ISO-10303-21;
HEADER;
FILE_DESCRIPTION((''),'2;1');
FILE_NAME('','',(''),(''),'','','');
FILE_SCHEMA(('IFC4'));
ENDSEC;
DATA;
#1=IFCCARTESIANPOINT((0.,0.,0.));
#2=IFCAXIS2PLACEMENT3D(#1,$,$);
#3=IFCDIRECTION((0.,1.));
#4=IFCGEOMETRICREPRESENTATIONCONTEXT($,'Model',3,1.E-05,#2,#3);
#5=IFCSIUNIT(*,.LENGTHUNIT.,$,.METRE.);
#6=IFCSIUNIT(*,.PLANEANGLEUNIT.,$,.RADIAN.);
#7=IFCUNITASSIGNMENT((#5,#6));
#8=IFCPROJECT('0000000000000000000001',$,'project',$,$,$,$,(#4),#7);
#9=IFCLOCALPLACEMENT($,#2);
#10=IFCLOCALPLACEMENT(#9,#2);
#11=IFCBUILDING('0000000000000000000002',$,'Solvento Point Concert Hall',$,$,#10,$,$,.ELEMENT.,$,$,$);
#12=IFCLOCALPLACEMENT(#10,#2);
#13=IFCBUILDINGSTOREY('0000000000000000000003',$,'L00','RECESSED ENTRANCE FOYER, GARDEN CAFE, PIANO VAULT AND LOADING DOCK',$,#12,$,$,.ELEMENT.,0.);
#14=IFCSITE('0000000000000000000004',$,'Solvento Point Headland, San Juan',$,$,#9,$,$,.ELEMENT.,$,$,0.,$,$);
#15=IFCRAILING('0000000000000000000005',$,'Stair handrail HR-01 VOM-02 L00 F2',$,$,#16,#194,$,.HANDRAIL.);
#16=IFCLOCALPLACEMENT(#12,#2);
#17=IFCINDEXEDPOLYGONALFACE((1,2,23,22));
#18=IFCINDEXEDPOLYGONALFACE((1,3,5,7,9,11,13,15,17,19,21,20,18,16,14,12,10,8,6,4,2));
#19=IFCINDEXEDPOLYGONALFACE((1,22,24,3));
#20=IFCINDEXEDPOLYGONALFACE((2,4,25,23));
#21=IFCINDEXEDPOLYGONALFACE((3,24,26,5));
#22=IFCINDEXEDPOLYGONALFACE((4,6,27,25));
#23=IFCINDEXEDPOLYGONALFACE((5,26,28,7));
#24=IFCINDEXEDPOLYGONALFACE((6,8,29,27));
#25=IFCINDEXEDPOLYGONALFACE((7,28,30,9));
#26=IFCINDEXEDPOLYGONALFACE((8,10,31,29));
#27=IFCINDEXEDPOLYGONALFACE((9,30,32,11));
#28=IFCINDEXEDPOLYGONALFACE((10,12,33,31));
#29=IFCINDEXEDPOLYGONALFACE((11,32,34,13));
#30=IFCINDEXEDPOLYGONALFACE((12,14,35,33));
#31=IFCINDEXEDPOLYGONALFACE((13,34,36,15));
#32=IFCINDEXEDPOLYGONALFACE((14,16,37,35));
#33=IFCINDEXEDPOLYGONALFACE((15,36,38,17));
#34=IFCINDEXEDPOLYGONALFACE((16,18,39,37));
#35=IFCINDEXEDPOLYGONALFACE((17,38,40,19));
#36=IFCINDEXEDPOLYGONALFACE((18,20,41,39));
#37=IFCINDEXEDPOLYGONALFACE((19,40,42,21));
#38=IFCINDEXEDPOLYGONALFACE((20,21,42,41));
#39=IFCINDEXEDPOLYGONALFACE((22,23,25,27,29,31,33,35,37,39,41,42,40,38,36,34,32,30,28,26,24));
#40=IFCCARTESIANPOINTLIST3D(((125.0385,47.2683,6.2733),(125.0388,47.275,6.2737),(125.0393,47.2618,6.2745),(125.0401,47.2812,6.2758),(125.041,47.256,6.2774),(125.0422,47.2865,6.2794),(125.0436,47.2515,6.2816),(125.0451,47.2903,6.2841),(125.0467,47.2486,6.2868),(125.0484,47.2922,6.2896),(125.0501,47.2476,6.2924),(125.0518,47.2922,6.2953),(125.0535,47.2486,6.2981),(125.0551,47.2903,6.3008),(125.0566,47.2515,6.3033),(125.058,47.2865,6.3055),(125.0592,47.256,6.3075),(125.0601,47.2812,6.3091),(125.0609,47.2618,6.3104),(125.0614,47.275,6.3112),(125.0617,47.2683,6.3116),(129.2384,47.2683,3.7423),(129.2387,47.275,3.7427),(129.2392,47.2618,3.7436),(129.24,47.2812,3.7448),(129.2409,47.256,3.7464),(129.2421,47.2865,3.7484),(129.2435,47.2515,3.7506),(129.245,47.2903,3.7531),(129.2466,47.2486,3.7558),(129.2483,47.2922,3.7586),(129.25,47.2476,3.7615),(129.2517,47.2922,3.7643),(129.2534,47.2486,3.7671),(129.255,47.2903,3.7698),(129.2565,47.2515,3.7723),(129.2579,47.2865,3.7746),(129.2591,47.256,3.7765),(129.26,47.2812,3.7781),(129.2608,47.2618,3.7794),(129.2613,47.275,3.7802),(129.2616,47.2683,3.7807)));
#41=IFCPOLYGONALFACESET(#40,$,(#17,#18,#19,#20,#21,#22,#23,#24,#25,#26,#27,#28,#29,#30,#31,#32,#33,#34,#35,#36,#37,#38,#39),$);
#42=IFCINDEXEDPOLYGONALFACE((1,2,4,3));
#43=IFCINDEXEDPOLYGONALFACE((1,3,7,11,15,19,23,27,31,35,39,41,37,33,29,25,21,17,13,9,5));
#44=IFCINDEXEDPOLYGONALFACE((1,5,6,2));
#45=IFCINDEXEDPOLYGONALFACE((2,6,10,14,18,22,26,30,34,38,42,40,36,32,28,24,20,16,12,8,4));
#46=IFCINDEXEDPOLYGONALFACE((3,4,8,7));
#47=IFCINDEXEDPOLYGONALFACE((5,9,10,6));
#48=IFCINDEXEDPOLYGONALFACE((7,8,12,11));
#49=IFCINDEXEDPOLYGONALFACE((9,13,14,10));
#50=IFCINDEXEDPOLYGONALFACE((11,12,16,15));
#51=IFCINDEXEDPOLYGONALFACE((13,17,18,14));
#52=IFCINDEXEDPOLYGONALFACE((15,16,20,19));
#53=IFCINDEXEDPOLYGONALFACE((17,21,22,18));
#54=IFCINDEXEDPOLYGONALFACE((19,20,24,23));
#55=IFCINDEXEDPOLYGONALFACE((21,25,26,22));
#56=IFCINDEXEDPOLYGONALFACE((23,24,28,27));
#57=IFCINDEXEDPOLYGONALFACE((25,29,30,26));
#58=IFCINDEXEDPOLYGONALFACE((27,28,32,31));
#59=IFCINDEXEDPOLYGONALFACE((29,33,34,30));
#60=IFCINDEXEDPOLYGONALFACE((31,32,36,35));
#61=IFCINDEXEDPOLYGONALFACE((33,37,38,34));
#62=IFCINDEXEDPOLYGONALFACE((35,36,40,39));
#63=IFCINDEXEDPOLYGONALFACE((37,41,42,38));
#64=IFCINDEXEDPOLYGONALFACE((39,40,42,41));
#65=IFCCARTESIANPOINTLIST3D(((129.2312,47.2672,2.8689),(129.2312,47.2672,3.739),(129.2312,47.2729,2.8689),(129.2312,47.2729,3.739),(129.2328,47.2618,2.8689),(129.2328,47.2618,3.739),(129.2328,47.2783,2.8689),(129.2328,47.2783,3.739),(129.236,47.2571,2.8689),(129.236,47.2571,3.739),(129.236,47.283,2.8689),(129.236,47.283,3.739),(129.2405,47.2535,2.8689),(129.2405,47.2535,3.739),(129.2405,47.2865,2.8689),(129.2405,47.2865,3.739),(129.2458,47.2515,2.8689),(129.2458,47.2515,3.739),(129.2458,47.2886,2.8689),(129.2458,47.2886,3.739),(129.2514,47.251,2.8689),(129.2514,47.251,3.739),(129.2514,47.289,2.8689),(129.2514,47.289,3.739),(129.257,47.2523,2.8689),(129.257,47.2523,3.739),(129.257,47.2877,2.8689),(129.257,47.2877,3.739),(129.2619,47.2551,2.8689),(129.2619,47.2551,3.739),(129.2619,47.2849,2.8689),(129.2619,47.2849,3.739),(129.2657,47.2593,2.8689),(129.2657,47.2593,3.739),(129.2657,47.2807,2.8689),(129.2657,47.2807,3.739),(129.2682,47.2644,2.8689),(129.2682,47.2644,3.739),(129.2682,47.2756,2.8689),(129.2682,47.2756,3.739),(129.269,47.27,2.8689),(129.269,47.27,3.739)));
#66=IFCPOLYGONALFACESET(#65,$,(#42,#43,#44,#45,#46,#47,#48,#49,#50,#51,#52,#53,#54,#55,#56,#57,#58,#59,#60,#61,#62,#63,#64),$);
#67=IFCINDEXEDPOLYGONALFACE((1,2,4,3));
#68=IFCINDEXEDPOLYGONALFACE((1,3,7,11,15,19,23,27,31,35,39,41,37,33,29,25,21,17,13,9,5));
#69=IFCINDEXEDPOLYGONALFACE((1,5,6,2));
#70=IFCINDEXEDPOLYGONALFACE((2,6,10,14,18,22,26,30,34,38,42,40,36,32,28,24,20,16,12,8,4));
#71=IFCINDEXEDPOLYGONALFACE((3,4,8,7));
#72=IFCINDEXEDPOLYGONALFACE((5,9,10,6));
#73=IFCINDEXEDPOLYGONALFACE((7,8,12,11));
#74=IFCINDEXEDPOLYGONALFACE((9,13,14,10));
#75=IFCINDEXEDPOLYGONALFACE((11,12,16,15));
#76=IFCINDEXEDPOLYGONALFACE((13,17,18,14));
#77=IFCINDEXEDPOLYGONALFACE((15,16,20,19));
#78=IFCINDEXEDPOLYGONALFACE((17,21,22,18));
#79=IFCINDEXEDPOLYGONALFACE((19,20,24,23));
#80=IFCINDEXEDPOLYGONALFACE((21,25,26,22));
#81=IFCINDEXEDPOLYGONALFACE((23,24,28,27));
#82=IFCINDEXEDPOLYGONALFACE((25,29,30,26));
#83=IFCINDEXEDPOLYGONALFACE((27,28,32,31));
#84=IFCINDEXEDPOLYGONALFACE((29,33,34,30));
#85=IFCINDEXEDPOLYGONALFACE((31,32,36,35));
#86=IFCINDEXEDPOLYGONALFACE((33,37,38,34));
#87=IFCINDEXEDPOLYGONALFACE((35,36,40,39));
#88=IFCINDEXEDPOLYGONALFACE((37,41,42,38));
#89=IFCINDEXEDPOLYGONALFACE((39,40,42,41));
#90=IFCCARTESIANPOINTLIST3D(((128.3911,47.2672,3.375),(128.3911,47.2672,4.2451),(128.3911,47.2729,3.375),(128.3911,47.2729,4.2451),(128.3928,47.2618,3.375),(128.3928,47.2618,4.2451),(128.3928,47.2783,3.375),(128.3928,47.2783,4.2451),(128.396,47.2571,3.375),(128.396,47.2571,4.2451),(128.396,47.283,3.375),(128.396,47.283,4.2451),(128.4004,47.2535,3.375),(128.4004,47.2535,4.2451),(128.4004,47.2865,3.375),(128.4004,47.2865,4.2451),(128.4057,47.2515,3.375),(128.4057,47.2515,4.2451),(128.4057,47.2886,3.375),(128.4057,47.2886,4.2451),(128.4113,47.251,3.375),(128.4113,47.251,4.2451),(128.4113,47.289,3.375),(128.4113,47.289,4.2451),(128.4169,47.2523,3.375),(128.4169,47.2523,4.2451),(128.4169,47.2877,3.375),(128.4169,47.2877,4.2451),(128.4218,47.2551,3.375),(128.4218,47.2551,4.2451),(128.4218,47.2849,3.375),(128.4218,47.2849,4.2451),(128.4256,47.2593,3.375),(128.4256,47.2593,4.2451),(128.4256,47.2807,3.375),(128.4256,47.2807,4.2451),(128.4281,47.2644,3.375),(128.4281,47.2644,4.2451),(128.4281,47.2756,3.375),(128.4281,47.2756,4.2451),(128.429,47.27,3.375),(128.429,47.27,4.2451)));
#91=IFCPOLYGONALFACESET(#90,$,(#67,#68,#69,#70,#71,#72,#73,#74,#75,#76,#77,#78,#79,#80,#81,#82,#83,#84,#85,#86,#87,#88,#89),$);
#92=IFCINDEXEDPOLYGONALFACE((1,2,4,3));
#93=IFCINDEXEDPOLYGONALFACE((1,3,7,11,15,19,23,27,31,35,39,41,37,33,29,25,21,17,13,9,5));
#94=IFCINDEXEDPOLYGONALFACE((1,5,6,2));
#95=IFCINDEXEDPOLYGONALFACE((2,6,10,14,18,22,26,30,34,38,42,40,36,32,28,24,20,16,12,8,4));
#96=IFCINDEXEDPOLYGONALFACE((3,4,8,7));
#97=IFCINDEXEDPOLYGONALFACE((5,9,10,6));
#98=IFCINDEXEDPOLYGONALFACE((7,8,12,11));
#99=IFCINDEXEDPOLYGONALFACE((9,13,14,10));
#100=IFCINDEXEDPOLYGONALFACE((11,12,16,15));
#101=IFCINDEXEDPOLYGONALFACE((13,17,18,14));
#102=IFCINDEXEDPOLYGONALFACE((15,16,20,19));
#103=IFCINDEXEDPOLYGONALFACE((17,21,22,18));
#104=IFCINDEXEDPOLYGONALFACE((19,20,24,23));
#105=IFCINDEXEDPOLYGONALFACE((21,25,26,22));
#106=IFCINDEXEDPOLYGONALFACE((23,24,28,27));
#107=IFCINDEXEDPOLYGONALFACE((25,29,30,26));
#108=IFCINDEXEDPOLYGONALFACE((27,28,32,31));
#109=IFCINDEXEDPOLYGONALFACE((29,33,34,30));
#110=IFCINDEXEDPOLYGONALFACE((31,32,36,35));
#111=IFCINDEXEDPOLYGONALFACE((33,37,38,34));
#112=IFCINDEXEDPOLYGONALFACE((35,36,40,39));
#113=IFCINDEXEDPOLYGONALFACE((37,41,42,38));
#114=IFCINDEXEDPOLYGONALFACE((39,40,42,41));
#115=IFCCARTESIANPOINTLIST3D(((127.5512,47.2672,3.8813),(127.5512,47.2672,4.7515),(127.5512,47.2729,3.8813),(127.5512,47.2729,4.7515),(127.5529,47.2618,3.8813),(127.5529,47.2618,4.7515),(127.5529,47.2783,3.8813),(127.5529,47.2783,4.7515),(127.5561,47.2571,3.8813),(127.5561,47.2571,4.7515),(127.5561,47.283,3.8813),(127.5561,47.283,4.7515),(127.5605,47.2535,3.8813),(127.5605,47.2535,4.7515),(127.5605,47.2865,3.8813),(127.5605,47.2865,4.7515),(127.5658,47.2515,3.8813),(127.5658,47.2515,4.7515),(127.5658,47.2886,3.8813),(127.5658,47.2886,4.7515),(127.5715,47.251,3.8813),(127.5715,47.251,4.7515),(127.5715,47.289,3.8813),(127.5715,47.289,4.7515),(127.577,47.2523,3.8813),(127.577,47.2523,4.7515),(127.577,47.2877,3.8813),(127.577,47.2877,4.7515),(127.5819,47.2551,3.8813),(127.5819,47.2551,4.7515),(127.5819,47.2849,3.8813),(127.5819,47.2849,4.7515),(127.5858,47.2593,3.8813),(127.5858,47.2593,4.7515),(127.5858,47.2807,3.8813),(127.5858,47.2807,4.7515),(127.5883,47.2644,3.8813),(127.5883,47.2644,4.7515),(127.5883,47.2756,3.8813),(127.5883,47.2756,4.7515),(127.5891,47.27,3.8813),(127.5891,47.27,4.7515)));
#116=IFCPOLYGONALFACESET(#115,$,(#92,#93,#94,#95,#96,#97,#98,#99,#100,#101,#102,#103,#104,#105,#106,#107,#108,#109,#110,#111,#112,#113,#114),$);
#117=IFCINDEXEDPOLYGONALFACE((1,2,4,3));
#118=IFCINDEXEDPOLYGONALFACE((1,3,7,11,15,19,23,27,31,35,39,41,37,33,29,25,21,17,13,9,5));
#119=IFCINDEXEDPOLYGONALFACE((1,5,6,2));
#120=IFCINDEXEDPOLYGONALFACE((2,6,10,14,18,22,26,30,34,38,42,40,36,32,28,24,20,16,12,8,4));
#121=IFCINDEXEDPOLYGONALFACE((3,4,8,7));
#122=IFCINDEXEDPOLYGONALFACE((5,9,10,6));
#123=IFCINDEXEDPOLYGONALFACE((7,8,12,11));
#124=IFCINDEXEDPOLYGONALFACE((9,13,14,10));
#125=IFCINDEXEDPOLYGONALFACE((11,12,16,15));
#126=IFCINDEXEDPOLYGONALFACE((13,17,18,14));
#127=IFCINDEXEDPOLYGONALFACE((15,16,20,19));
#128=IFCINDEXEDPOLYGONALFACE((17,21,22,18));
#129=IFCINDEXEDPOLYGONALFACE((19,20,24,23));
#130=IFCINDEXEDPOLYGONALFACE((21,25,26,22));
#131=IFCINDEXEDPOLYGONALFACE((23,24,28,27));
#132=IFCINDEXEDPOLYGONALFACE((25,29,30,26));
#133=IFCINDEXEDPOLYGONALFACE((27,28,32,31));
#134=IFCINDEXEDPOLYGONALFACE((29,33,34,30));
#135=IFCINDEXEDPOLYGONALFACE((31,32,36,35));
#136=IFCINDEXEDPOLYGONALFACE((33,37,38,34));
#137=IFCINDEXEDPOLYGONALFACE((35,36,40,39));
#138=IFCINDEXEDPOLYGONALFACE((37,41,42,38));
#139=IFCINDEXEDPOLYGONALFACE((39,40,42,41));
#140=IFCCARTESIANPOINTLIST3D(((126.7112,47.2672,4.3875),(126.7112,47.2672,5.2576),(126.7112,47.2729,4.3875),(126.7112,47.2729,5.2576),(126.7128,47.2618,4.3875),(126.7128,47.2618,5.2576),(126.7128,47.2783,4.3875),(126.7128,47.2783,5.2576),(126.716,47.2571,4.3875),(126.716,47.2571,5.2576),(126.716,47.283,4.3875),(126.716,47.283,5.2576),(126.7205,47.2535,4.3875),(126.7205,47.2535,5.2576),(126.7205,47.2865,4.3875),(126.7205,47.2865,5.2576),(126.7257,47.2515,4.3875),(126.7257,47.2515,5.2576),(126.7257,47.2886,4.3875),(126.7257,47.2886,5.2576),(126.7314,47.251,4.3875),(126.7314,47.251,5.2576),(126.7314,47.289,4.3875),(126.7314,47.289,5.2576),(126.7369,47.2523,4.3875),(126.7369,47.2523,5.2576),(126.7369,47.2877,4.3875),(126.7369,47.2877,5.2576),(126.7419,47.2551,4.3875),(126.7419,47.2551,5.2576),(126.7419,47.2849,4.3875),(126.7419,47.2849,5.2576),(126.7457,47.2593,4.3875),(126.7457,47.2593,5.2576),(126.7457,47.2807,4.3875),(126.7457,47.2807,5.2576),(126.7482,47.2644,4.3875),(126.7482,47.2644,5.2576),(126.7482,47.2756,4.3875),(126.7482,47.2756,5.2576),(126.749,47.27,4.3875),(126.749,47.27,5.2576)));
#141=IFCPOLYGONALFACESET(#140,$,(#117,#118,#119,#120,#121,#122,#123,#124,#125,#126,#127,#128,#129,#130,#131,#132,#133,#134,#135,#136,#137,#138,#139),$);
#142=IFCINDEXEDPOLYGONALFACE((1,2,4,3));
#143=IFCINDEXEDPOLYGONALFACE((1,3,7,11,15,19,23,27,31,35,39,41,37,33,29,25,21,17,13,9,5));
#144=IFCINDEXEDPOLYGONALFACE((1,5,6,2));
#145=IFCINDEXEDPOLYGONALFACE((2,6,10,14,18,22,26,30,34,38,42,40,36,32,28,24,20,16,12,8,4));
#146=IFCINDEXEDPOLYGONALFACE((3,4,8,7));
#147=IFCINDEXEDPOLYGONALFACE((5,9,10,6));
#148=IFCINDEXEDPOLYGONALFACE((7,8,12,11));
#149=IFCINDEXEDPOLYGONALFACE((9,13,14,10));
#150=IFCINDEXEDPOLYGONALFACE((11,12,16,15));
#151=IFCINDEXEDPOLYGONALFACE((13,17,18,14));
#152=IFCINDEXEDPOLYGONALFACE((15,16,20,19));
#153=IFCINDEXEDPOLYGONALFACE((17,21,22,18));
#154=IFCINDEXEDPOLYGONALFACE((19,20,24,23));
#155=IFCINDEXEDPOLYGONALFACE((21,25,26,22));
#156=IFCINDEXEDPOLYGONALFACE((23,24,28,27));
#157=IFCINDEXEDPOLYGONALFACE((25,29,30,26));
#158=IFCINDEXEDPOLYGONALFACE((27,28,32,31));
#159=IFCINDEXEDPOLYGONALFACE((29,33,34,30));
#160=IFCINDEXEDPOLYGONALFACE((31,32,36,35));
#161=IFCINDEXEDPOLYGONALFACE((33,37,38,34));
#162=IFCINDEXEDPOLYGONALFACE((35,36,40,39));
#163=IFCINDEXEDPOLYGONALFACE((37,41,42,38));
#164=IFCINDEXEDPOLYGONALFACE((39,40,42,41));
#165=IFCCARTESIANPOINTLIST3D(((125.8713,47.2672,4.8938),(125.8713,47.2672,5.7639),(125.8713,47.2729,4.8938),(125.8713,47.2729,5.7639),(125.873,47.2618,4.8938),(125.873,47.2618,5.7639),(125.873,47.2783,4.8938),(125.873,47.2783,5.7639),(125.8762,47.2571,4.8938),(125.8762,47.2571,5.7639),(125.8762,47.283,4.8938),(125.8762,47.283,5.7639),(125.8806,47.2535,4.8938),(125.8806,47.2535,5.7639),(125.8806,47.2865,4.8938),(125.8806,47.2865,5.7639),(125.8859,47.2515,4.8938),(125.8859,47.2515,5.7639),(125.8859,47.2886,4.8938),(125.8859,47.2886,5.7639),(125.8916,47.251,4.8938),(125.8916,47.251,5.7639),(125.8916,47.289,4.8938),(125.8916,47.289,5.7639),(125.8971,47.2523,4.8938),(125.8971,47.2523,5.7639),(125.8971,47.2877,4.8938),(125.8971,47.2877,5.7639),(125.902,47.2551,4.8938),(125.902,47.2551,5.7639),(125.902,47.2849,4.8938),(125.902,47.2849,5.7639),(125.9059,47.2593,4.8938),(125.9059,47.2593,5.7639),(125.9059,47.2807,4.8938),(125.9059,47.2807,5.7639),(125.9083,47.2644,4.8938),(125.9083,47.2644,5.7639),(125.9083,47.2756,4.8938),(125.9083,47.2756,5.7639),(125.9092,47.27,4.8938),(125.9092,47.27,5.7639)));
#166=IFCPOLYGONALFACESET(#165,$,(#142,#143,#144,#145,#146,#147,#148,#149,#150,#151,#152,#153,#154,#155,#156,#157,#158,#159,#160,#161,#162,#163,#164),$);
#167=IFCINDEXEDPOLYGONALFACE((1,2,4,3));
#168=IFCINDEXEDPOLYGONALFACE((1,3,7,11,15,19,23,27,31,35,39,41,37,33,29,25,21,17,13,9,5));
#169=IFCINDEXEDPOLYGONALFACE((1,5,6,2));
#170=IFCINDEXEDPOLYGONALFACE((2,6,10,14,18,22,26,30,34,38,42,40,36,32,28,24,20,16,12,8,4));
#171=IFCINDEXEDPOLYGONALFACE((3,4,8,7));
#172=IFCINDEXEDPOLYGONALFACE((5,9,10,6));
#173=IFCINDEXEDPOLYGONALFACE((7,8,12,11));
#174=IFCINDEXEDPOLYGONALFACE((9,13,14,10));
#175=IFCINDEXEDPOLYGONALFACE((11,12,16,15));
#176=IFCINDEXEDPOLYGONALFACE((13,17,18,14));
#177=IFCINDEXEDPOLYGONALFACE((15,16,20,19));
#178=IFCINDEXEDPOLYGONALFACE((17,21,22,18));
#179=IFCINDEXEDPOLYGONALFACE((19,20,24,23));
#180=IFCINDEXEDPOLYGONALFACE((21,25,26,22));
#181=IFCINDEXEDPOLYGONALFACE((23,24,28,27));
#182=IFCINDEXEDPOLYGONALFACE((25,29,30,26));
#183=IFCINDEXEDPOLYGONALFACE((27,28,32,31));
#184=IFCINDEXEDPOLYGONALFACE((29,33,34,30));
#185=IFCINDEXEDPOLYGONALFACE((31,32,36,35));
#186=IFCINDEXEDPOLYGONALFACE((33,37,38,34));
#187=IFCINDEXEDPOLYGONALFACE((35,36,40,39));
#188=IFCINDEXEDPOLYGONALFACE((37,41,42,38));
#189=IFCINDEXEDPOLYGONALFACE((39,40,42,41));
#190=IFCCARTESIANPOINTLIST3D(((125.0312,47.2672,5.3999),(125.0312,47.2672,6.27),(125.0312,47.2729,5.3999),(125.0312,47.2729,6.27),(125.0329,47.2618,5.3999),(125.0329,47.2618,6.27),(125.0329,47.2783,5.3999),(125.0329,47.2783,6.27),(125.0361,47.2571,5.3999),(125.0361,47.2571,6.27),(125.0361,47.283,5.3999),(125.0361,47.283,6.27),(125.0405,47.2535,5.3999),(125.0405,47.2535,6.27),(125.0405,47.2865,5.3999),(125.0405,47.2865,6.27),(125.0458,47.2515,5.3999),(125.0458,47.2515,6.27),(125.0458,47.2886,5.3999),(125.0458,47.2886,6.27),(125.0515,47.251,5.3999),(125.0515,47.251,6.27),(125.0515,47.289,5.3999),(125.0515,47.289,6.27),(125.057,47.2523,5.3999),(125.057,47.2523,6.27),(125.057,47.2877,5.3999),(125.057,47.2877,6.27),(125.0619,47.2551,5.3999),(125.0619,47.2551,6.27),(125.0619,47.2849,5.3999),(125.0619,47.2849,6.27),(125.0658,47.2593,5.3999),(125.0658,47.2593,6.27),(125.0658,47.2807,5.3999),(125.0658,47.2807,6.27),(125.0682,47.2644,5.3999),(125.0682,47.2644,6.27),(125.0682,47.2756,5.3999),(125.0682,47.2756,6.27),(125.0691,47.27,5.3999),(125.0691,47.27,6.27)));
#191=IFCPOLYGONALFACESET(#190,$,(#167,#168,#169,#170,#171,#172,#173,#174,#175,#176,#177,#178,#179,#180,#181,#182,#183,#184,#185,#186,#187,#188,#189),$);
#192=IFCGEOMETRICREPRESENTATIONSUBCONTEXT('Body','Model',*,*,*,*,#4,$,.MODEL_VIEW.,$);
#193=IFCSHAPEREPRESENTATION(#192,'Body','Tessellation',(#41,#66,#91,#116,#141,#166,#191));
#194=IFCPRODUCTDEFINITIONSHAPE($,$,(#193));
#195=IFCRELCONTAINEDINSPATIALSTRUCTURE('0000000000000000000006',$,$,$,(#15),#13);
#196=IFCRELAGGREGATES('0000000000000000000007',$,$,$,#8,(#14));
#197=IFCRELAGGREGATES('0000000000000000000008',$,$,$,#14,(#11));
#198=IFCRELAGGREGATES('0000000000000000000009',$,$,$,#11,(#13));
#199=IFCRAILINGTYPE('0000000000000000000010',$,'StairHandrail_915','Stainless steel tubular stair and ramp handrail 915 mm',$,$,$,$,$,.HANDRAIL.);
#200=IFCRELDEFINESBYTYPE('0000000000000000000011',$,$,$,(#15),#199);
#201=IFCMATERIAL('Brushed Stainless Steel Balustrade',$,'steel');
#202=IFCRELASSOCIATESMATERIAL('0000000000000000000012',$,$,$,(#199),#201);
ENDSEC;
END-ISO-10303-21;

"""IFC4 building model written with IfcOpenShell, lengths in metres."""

from ifc_helpers import new_model, si_unit, direction, frame, origin, origin_2d, place, context, subcontext, project, spatial, circle, extrude, material, type_object, element, save


model = new_model("IFC4")

# Units and contexts
model_context = context("Model", 3, precision=1e-05, world=origin(), true_north=direction((0.0, 1.0)))
body_context = subcontext(model_context, "Body", "Model", "MODEL_VIEW")
ifc_project = project(units=[si_unit("LENGTHUNIT", "METRE"), si_unit("PLANEANGLEUNIT", "RADIAN")], contexts=[model_context])

# Site, building, storey
site_placement = place(None, origin())
site = spatial("IfcSite", under=ifc_project, at=site_placement, Name="Solvento Point Headland, San Juan", CompositionType="ELEMENT", RefElevation=0.0)
building_placement = place(site_placement, origin())
building = spatial("IfcBuilding", under=site, at=building_placement, Name="Solvento Point Concert Hall", CompositionType="ELEMENT")
storey_placement = place(building_placement, origin())
storey = spatial("IfcBuildingStorey", under=building, at=storey_placement, Name="L00", Description="RECESSED ENTRANCE FOYER, GARDEN CAFE, PIANO VAULT AND LOADING DOCK", CompositionType="ELEMENT", Elevation=0.0)

# Railing
ifc_material_1 = material(Name="Brushed Stainless Steel Balustrade", Category="steel")
railing_type_1 = type_object("IfcRailingType", Name="StairHandrail_915", Description="Stainless steel tubular stair and ramp handrail 915 mm", PredefinedType="HANDRAIL", material=ifc_material_1)
railing_1_placement = place(storey_placement, frame((129.25, 47.27, 2.8689)))
element("IfcRailing", 1, at=railing_1_placement, inside=storey, type_object=railing_type_1, Name="Stair handrail HR-01 VOM-02 L00 F2", PredefinedType="HANDRAIL", context=body_context, shape_type="SweptSolid", body=[
    extrude(circle(Radius=0.0225, at=origin_2d()), frame((0.0, 0.0, 0.8926), z_axis=(-0.856499, 0.0, 0.51615), x_axis=(0.0, -1.0, 0.0)), (0.0, 0.0, 1.0), 4.9036),
    extrude(circle(Radius=0.019, at=origin_2d()), origin(), (0.0, 0.0, 1.0), 0.8701),
    extrude(circle(Radius=0.019, at=origin_2d()), frame((-0.8401, 0.0, 0.5061)), (0.0, 0.0, 1.0), 0.8701),
    extrude(circle(Radius=0.019, at=origin_2d()), frame((-1.6799, 0.0, 1.0125)), (0.0, 0.0, 1.0), 0.8701),
    extrude(circle(Radius=0.019, at=origin_2d()), frame((-2.52, 0.0, 1.5186)), (0.0, 0.0, 1.0), 0.8701),
    extrude(circle(Radius=0.019, at=origin_2d()), frame((-3.3599, 0.0, 2.0249)), (0.0, 0.0, 1.0), 0.8701),
    extrude(circle(Radius=0.019, at=origin_2d()), frame((-4.2, 0.0, 2.531)), (0.0, 0.0, 1.0), 0.8701),
])

save(model, "model.ifc")
